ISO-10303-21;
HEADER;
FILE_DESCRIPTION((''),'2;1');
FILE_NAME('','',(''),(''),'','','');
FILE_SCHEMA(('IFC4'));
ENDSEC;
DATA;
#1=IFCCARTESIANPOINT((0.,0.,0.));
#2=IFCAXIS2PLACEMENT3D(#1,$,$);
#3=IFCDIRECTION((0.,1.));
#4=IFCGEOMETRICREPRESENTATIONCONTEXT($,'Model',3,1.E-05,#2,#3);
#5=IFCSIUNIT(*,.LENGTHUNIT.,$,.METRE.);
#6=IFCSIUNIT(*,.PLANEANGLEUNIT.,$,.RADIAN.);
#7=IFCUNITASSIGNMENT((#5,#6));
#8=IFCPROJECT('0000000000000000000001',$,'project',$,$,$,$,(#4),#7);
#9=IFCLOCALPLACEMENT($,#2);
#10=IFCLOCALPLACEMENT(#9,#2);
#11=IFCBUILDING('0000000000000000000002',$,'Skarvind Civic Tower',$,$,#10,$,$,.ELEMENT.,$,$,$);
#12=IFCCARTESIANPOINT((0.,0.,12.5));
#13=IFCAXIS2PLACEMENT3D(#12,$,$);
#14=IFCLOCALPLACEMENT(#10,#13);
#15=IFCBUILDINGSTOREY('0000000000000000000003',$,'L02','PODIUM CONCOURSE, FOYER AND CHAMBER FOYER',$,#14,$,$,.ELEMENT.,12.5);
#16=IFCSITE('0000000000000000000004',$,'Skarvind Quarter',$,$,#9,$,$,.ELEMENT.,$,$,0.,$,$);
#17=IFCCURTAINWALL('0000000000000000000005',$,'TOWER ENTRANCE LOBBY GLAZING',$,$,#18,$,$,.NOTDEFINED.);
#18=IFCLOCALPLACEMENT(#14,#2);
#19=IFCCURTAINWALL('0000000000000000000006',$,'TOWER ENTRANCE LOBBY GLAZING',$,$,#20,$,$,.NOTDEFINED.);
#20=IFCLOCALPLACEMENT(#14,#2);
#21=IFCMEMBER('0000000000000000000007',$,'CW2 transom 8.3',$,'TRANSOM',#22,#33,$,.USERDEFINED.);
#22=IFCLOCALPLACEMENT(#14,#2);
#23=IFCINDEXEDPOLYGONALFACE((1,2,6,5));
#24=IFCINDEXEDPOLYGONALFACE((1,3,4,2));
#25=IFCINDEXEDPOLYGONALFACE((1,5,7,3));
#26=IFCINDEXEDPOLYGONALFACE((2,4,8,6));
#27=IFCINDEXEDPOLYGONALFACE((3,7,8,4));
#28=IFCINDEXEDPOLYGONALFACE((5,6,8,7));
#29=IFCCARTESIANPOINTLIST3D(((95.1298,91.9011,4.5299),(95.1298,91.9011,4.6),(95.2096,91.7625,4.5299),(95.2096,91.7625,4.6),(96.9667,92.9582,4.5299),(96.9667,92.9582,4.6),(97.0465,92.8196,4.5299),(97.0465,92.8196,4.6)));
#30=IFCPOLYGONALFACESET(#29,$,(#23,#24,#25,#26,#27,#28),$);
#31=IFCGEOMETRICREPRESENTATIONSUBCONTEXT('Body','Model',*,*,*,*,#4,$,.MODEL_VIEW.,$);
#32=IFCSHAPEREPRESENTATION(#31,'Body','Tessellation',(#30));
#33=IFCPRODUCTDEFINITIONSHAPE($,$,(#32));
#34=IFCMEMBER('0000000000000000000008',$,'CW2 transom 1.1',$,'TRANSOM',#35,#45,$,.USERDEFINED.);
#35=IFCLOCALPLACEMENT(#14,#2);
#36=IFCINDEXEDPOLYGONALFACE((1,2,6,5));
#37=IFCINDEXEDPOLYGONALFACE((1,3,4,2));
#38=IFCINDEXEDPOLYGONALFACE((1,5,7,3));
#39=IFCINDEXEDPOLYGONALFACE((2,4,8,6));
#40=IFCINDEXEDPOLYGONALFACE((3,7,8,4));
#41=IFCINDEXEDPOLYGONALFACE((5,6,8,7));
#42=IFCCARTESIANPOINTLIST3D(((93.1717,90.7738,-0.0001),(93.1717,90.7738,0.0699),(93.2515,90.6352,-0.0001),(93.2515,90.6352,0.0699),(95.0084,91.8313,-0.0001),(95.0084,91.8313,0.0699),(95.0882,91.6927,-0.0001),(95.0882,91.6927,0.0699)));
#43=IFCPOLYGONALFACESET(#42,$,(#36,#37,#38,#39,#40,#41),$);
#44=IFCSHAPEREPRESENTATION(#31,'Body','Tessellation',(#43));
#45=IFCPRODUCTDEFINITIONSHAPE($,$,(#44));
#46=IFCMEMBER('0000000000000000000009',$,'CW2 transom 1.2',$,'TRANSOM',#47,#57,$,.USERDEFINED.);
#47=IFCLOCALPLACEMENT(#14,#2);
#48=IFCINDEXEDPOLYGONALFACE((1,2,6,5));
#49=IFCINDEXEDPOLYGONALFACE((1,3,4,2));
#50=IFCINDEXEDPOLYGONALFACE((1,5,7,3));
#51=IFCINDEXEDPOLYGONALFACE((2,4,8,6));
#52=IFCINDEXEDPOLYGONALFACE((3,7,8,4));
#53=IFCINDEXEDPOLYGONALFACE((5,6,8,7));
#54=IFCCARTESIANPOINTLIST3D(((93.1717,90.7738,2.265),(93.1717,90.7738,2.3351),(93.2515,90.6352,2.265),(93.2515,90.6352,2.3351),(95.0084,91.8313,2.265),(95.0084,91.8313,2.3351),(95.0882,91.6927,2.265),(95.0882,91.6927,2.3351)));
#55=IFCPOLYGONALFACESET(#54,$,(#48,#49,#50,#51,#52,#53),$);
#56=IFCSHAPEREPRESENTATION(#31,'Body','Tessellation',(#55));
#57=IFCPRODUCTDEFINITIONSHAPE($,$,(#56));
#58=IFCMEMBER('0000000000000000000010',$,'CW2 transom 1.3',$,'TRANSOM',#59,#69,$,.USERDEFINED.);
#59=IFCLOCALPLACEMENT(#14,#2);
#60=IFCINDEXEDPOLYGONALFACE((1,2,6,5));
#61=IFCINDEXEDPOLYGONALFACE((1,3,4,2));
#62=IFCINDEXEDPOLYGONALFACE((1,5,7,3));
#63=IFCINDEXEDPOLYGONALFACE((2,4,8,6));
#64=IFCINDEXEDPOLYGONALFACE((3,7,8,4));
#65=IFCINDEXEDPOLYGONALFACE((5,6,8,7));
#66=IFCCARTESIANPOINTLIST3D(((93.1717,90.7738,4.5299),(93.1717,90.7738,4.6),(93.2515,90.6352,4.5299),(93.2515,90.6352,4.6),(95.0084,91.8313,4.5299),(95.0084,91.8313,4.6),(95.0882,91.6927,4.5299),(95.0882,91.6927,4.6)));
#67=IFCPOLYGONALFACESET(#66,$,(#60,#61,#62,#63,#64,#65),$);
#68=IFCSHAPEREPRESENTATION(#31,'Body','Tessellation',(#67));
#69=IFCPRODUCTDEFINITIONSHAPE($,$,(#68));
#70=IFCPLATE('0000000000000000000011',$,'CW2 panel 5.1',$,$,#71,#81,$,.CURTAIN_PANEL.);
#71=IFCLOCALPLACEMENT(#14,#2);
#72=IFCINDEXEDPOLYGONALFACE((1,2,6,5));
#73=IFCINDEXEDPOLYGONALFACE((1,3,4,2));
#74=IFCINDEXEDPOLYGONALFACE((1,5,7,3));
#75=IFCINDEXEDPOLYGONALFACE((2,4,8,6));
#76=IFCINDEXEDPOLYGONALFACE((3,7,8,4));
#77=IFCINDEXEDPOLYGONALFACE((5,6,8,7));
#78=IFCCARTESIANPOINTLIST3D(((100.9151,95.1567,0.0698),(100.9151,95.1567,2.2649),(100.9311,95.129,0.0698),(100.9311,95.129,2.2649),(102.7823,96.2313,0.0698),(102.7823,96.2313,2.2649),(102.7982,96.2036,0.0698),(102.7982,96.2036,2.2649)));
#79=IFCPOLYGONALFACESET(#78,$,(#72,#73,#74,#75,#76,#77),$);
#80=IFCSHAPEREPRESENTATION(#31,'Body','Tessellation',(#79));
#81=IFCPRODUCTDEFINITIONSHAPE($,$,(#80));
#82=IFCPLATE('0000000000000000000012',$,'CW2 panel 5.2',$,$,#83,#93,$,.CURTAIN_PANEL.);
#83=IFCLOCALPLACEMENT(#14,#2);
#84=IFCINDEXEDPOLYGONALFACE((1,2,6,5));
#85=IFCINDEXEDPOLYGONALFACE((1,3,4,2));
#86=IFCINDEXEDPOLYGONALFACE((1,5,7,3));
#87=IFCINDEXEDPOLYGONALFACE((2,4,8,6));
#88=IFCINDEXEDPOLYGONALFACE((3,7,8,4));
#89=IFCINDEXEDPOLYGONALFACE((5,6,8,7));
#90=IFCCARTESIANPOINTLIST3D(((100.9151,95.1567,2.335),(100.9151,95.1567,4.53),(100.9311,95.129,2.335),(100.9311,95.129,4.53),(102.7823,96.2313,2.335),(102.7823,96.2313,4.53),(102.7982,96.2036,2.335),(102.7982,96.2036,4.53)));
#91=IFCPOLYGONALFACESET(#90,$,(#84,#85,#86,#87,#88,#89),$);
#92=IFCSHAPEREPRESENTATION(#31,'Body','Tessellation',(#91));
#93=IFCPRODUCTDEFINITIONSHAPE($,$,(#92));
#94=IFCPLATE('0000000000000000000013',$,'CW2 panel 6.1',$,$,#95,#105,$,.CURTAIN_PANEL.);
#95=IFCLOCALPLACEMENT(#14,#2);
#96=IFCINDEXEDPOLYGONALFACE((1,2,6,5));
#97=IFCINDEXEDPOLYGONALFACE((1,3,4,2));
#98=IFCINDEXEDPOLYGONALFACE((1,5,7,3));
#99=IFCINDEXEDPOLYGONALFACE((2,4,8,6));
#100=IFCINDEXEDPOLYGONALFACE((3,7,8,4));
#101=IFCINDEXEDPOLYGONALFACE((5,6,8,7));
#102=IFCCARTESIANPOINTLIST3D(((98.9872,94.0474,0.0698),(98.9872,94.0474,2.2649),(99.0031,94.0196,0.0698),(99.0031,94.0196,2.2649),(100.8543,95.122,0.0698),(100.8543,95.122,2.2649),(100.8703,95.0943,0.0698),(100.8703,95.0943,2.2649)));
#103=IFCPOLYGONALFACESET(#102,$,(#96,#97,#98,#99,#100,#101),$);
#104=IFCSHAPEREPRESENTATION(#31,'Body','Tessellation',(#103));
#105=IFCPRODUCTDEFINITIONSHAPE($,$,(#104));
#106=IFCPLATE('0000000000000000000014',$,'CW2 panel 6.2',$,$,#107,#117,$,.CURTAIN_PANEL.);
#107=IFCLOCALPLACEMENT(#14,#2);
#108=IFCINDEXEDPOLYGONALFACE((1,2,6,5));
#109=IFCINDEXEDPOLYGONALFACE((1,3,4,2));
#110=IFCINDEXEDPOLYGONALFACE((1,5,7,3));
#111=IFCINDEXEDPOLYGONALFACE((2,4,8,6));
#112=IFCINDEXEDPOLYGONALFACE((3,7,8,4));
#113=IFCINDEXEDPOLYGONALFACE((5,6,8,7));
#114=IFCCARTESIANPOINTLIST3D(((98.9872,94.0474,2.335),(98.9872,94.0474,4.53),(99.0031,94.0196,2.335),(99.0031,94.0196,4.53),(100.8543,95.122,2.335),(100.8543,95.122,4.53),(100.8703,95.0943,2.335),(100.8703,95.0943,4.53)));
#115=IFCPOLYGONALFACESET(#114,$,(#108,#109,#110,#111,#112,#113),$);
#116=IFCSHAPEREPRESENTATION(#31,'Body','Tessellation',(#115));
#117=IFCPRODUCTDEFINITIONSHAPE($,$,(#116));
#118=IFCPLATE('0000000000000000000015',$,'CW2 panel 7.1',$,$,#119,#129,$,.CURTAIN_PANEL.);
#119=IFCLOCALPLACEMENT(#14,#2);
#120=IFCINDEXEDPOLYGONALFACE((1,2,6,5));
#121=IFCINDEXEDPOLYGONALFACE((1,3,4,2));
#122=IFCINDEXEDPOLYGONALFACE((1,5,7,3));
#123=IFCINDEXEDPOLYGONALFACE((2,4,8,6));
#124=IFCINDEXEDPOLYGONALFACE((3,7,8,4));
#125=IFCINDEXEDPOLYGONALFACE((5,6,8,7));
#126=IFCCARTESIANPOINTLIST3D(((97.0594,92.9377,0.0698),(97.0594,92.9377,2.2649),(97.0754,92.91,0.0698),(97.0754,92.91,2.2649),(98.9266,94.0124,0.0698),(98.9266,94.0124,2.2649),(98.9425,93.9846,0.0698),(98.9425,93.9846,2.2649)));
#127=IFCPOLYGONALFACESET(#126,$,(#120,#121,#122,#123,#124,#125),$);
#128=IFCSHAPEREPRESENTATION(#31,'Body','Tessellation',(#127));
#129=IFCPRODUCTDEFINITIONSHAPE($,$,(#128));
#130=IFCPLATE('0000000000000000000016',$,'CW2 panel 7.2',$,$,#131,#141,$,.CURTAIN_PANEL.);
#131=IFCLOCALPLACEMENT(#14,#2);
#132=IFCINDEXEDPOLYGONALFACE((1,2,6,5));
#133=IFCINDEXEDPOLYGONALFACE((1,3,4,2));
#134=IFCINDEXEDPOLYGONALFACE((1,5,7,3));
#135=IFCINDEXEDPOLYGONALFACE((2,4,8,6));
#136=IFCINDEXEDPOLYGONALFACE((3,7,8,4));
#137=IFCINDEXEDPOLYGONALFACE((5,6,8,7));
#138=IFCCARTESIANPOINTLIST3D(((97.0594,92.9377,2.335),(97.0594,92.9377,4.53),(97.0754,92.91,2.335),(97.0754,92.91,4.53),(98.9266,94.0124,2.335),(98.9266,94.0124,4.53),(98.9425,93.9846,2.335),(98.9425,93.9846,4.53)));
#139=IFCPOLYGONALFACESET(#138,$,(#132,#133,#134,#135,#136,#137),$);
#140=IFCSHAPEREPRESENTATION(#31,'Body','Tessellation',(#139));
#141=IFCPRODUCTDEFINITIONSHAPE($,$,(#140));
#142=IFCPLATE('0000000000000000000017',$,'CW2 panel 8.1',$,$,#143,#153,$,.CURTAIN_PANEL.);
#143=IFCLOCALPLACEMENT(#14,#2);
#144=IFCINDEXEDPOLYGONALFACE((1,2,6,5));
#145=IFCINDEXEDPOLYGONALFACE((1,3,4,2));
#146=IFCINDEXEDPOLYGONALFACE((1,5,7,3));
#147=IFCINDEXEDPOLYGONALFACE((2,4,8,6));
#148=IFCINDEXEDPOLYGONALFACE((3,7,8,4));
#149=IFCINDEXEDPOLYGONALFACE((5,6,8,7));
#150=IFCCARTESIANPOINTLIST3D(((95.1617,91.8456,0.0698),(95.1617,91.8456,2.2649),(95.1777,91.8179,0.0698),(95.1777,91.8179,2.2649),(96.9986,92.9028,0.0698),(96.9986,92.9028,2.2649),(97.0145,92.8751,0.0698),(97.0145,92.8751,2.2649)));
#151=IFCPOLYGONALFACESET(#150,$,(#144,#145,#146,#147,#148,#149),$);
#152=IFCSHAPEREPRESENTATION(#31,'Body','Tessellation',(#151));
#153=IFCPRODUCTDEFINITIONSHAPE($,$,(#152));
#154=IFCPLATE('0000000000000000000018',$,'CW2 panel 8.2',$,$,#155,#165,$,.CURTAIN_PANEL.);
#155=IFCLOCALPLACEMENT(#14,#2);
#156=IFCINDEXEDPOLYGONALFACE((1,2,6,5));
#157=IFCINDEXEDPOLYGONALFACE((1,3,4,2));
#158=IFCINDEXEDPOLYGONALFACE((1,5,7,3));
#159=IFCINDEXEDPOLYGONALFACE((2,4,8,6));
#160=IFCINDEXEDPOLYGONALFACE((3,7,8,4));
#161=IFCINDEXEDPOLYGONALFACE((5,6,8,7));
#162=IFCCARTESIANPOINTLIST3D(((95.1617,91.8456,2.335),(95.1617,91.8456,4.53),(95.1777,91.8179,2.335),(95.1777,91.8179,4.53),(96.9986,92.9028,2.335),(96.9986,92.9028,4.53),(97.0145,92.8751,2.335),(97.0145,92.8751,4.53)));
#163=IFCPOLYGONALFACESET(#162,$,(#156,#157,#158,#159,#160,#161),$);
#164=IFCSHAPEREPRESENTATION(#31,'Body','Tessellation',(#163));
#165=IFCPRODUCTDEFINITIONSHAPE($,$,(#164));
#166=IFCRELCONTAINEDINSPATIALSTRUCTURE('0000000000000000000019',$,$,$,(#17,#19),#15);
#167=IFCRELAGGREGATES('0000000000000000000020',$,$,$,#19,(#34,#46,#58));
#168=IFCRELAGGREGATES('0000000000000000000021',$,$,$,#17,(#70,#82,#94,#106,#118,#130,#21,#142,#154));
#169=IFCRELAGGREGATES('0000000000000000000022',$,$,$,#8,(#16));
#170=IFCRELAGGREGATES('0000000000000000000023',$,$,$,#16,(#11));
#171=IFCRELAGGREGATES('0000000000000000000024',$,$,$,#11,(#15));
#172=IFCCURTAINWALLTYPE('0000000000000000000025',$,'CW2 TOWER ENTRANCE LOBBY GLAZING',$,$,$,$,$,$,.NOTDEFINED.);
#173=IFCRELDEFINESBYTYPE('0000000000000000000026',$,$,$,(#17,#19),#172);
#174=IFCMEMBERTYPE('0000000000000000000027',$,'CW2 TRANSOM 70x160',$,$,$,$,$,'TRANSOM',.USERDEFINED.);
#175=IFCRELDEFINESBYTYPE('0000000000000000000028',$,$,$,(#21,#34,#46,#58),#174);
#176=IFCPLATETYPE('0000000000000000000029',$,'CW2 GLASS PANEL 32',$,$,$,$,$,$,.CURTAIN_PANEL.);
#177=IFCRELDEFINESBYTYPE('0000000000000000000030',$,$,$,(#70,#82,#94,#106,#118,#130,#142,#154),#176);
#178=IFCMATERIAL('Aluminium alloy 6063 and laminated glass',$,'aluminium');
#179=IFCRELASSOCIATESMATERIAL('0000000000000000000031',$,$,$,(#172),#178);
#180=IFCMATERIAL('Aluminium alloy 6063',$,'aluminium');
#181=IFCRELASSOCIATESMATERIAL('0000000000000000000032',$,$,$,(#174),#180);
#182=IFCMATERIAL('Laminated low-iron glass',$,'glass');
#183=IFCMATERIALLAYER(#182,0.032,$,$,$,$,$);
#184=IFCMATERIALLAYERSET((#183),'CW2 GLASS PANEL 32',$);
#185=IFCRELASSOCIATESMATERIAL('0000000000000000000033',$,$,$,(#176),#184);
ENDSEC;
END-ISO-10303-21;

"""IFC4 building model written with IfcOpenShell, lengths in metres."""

from ifc_helpers import new_model, si_unit, direction, frame, origin, origin_2d, place, context, subcontext, project, spatial, rectangle, extrude, material, layer, layer_set, material_profile, profile_set, type_object, element, aggregate, save


model = new_model("IFC4")

# Units and contexts
model_context = context("Model", 3, precision=1e-05, world=origin(), true_north=direction((0.0, 1.0)))
body_context = subcontext(model_context, "Body", "Model", "MODEL_VIEW")
ifc_project = project(units=[si_unit("LENGTHUNIT", "METRE"), si_unit("PLANEANGLEUNIT", "RADIAN")], contexts=[model_context])

# Site, building, storey
site_placement = place(None, origin())
site = spatial("IfcSite", under=ifc_project, at=site_placement, Name="Skarvind Quarter", CompositionType="ELEMENT", RefElevation=0.0)
building_placement = place(site_placement, origin())
building = spatial("IfcBuilding", under=site, at=building_placement, Name="Skarvind Civic Tower", CompositionType="ELEMENT")
storey_placement = place(building_placement, frame((0.0, 0.0, 12.5)))
storey = spatial("IfcBuildingStorey", under=building, at=storey_placement, Name="L02", Description="PODIUM CONCOURSE, FOYER AND CHAMBER FOYER", CompositionType="ELEMENT", Elevation=12.5)

# Curtain wall
ifc_material_1 = material(Name="Aluminium alloy 6063 and laminated glass", Category="aluminium")
curtain_wall_type = type_object("IfcCurtainWallType", Name="CW2 TOWER ENTRANCE LOBBY GLAZING", PredefinedType="NOTDEFINED", material=ifc_material_1)
curtain_wall_1_placement = place(storey_placement, origin())
curtain_wall_1 = element("IfcCurtainWall", 1, at=curtain_wall_1_placement, inside=storey, type_object=curtain_wall_type, Name="TOWER ENTRANCE LOBBY GLAZING", PredefinedType="NOTDEFINED")
ifc_material_2 = material(Name="Aluminium alloy 6063", Category="aluminium")

# Curtain wall
curtain_wall_2_placement = place(storey_placement, origin())
curtain_wall_2 = element("IfcCurtainWall", 2, at=curtain_wall_2_placement, inside=storey, type_object=curtain_wall_type, Name="TOWER ENTRANCE LOBBY GLAZING", PredefinedType="NOTDEFINED")

# Members
ifc_material_profile_1 = material_profile(ifc_material_2, rectangle(XDim=0.1599, YDim=0.0701, at=origin_2d()), Name="AL 70x160")
ifc_profile_set_1 = profile_set([ifc_material_profile_1], Name="Aluminium alloy 6063")
member_type_1 = type_object("IfcMemberType", Name="CW2 TRANSOM 70x160", ElementType="TRANSOM", PredefinedType="USERDEFINED", material=ifc_profile_set_1)
member_1_placement = place(storey_placement, frame((97.0066, 92.8889, 4.5649), z_axis=(-0.866722, -0.498791, 0.0), x_axis=(0.498791, -0.866722, 0.0)))
member_1 = element("IfcMember", 3, at=member_1_placement, type_object=member_type_1, Name="CW2 transom 8.3", ObjectType="TRANSOM", PredefinedType="USERDEFINED", context=body_context, shape_type="SweptSolid", body=[
    extrude(rectangle(XDim=0.1599, YDim=0.0701, at=origin_2d()), origin(), (0.0, 0.0, 1.0), 2.1194),
])
member_2_placement = place(storey_placement, frame((95.0483, 91.762, 0.0349), z_axis=(-0.866644, -0.498928, 0.0), x_axis=(0.498928, -0.866644, 0.0)))
member_2 = element("IfcMember", 4, at=member_2_placement, type_object=member_type_1, Name="CW2 transom 1.1", ObjectType="TRANSOM", PredefinedType="USERDEFINED", context=body_context, shape_type="SweptSolid", body=[
    extrude(rectangle(XDim=0.1599, YDim=0.0701, at=origin_2d()), origin(), (0.0, 0.0, 1.0), 2.1194),
])
member_3_placement = place(storey_placement, frame((95.0483, 91.762, 2.3), z_axis=(-0.866644, -0.498928, 0.0), x_axis=(0.498928, -0.866644, 0.0)))
member_3 = element("IfcMember", 5, at=member_3_placement, type_object=member_type_1, Name="CW2 transom 1.2", ObjectType="TRANSOM", PredefinedType="USERDEFINED", context=body_context, shape_type="SweptSolid", body=[
    extrude(rectangle(XDim=0.1599, YDim=0.0701, at=origin_2d()), origin(), (0.0, 0.0, 1.0), 2.1194),
])
member_4_placement = place(storey_placement, frame((95.0483, 91.762, 4.5649), z_axis=(-0.866644, -0.498928, 0.0), x_axis=(0.498928, -0.866644, 0.0)))
member_4 = element("IfcMember", 6, at=member_4_placement, type_object=member_type_1, Name="CW2 transom 1.3", ObjectType="TRANSOM", PredefinedType="USERDEFINED", context=body_context, shape_type="SweptSolid", body=[
    extrude(rectangle(XDim=0.1599, YDim=0.0701, at=origin_2d()), origin(), (0.0, 0.0, 1.0), 2.1194),
])
aggregate(curtain_wall_2, [member_2, member_3, member_4])

# Plates
ifc_material_3 = material(Name="Laminated low-iron glass", Category="glass")
ifc_layer_1 = layer(ifc_material_3, 0.032)
ifc_layer_set_1 = layer_set([ifc_layer_1], Name="CW2 GLASS PANEL 32")
plate_type = type_object("IfcPlateType", Name="CW2 GLASS PANEL 32", PredefinedType="CURTAIN_PANEL", material=ifc_layer_set_1)
plate_1_placement = place(storey_placement, frame((101.8567, 95.6802, 0.0698), z_axis=(0.0, 0.0, 1.0), x_axis=(-0.866702, -0.498825, 0.0)))
plate_1 = element("IfcPlate", 7, at=plate_1_placement, type_object=plate_type, Name="CW2 panel 5.1", PredefinedType="CURTAIN_PANEL", context=body_context, shape_type="SweptSolid", body=[
    extrude(rectangle(XDim=2.1543, YDim=0.032, at=origin_2d()), origin(), (0.0, 0.0, 1.0), 2.1951),
])
plate_2_placement = place(storey_placement, frame((101.8567, 95.6802, 2.335), z_axis=(0.0, 0.0, 1.0), x_axis=(-0.866702, -0.498825, 0.0)))
plate_2 = element("IfcPlate", 8, at=plate_2_placement, type_object=plate_type, Name="CW2 panel 5.2", PredefinedType="CURTAIN_PANEL", context=body_context, shape_type="SweptSolid", body=[
    extrude(rectangle(XDim=2.1543, YDim=0.032, at=origin_2d()), origin(), (0.0, 0.0, 1.0), 2.1951),
])
plate_3_placement = place(storey_placement, frame((99.9287, 94.5708, 0.0698), z_axis=(0.0, 0.0, 1.0), x_axis=(-0.866702, -0.498825, 0.0)))
plate_3 = element("IfcPlate", 9, at=plate_3_placement, type_object=plate_type, Name="CW2 panel 6.1", PredefinedType="CURTAIN_PANEL", context=body_context, shape_type="SweptSolid", body=[
    extrude(rectangle(XDim=2.1543, YDim=0.032, at=origin_2d()), origin(), (0.0, 0.0, 1.0), 2.1951),
])
plate_4_placement = place(storey_placement, frame((99.9287, 94.5708, 2.335), z_axis=(0.0, 0.0, 1.0), x_axis=(-0.866702, -0.498825, 0.0)))
plate_4 = element("IfcPlate", 10, at=plate_4_placement, type_object=plate_type, Name="CW2 panel 6.2", PredefinedType="CURTAIN_PANEL", context=body_context, shape_type="SweptSolid", body=[
    extrude(rectangle(XDim=2.1543, YDim=0.032, at=origin_2d()), origin(), (0.0, 0.0, 1.0), 2.1951),
])
plate_5_placement = place(storey_placement, frame((98.001, 93.4612, 0.0698), z_axis=(0.0, 0.0, 1.0), x_axis=(-0.866702, -0.498825, 0.0)))
plate_5 = element("IfcPlate", 11, at=plate_5_placement, type_object=plate_type, Name="CW2 panel 7.1", PredefinedType="CURTAIN_PANEL", context=body_context, shape_type="SweptSolid", body=[
    extrude(rectangle(XDim=2.1543, YDim=0.032, at=origin_2d()), origin(), (0.0, 0.0, 1.0), 2.1951),
])
plate_6_placement = place(storey_placement, frame((98.001, 93.4612, 2.335), z_axis=(0.0, 0.0, 1.0), x_axis=(-0.866702, -0.498825, 0.0)))
plate_6 = element("IfcPlate", 12, at=plate_6_placement, type_object=plate_type, Name="CW2 panel 7.2", PredefinedType="CURTAIN_PANEL", context=body_context, shape_type="SweptSolid", body=[
    extrude(rectangle(XDim=2.1543, YDim=0.032, at=origin_2d()), origin(), (0.0, 0.0, 1.0), 2.1951),
])
plate_7_placement = place(storey_placement, frame((96.0881, 92.3604, 0.0698), z_axis=(0.0, 0.0, 1.0), x_axis=(-0.866702, -0.498825, 0.0)))
plate_7 = element("IfcPlate", 13, at=plate_7_placement, type_object=plate_type, Name="CW2 panel 8.1", PredefinedType="CURTAIN_PANEL", context=body_context, shape_type="SweptSolid", body=[
    extrude(rectangle(XDim=2.1194, YDim=0.032, at=origin_2d()), origin(), (0.0, 0.0, 1.0), 2.1951),
])
plate_8_placement = place(storey_placement, frame((96.0881, 92.3604, 2.335), z_axis=(0.0, 0.0, 1.0), x_axis=(-0.866702, -0.498825, 0.0)))
plate_8 = element("IfcPlate", 14, at=plate_8_placement, type_object=plate_type, Name="CW2 panel 8.2", PredefinedType="CURTAIN_PANEL", context=body_context, shape_type="SweptSolid", body=[
    extrude(rectangle(XDim=2.1194, YDim=0.032, at=origin_2d()), origin(), (0.0, 0.0, 1.0), 2.1951),
])
aggregate(curtain_wall_1, [plate_1, plate_2, plate_3, plate_4, plate_5, plate_6, member_1, plate_7, plate_8])

save(model, "model.ifc")
